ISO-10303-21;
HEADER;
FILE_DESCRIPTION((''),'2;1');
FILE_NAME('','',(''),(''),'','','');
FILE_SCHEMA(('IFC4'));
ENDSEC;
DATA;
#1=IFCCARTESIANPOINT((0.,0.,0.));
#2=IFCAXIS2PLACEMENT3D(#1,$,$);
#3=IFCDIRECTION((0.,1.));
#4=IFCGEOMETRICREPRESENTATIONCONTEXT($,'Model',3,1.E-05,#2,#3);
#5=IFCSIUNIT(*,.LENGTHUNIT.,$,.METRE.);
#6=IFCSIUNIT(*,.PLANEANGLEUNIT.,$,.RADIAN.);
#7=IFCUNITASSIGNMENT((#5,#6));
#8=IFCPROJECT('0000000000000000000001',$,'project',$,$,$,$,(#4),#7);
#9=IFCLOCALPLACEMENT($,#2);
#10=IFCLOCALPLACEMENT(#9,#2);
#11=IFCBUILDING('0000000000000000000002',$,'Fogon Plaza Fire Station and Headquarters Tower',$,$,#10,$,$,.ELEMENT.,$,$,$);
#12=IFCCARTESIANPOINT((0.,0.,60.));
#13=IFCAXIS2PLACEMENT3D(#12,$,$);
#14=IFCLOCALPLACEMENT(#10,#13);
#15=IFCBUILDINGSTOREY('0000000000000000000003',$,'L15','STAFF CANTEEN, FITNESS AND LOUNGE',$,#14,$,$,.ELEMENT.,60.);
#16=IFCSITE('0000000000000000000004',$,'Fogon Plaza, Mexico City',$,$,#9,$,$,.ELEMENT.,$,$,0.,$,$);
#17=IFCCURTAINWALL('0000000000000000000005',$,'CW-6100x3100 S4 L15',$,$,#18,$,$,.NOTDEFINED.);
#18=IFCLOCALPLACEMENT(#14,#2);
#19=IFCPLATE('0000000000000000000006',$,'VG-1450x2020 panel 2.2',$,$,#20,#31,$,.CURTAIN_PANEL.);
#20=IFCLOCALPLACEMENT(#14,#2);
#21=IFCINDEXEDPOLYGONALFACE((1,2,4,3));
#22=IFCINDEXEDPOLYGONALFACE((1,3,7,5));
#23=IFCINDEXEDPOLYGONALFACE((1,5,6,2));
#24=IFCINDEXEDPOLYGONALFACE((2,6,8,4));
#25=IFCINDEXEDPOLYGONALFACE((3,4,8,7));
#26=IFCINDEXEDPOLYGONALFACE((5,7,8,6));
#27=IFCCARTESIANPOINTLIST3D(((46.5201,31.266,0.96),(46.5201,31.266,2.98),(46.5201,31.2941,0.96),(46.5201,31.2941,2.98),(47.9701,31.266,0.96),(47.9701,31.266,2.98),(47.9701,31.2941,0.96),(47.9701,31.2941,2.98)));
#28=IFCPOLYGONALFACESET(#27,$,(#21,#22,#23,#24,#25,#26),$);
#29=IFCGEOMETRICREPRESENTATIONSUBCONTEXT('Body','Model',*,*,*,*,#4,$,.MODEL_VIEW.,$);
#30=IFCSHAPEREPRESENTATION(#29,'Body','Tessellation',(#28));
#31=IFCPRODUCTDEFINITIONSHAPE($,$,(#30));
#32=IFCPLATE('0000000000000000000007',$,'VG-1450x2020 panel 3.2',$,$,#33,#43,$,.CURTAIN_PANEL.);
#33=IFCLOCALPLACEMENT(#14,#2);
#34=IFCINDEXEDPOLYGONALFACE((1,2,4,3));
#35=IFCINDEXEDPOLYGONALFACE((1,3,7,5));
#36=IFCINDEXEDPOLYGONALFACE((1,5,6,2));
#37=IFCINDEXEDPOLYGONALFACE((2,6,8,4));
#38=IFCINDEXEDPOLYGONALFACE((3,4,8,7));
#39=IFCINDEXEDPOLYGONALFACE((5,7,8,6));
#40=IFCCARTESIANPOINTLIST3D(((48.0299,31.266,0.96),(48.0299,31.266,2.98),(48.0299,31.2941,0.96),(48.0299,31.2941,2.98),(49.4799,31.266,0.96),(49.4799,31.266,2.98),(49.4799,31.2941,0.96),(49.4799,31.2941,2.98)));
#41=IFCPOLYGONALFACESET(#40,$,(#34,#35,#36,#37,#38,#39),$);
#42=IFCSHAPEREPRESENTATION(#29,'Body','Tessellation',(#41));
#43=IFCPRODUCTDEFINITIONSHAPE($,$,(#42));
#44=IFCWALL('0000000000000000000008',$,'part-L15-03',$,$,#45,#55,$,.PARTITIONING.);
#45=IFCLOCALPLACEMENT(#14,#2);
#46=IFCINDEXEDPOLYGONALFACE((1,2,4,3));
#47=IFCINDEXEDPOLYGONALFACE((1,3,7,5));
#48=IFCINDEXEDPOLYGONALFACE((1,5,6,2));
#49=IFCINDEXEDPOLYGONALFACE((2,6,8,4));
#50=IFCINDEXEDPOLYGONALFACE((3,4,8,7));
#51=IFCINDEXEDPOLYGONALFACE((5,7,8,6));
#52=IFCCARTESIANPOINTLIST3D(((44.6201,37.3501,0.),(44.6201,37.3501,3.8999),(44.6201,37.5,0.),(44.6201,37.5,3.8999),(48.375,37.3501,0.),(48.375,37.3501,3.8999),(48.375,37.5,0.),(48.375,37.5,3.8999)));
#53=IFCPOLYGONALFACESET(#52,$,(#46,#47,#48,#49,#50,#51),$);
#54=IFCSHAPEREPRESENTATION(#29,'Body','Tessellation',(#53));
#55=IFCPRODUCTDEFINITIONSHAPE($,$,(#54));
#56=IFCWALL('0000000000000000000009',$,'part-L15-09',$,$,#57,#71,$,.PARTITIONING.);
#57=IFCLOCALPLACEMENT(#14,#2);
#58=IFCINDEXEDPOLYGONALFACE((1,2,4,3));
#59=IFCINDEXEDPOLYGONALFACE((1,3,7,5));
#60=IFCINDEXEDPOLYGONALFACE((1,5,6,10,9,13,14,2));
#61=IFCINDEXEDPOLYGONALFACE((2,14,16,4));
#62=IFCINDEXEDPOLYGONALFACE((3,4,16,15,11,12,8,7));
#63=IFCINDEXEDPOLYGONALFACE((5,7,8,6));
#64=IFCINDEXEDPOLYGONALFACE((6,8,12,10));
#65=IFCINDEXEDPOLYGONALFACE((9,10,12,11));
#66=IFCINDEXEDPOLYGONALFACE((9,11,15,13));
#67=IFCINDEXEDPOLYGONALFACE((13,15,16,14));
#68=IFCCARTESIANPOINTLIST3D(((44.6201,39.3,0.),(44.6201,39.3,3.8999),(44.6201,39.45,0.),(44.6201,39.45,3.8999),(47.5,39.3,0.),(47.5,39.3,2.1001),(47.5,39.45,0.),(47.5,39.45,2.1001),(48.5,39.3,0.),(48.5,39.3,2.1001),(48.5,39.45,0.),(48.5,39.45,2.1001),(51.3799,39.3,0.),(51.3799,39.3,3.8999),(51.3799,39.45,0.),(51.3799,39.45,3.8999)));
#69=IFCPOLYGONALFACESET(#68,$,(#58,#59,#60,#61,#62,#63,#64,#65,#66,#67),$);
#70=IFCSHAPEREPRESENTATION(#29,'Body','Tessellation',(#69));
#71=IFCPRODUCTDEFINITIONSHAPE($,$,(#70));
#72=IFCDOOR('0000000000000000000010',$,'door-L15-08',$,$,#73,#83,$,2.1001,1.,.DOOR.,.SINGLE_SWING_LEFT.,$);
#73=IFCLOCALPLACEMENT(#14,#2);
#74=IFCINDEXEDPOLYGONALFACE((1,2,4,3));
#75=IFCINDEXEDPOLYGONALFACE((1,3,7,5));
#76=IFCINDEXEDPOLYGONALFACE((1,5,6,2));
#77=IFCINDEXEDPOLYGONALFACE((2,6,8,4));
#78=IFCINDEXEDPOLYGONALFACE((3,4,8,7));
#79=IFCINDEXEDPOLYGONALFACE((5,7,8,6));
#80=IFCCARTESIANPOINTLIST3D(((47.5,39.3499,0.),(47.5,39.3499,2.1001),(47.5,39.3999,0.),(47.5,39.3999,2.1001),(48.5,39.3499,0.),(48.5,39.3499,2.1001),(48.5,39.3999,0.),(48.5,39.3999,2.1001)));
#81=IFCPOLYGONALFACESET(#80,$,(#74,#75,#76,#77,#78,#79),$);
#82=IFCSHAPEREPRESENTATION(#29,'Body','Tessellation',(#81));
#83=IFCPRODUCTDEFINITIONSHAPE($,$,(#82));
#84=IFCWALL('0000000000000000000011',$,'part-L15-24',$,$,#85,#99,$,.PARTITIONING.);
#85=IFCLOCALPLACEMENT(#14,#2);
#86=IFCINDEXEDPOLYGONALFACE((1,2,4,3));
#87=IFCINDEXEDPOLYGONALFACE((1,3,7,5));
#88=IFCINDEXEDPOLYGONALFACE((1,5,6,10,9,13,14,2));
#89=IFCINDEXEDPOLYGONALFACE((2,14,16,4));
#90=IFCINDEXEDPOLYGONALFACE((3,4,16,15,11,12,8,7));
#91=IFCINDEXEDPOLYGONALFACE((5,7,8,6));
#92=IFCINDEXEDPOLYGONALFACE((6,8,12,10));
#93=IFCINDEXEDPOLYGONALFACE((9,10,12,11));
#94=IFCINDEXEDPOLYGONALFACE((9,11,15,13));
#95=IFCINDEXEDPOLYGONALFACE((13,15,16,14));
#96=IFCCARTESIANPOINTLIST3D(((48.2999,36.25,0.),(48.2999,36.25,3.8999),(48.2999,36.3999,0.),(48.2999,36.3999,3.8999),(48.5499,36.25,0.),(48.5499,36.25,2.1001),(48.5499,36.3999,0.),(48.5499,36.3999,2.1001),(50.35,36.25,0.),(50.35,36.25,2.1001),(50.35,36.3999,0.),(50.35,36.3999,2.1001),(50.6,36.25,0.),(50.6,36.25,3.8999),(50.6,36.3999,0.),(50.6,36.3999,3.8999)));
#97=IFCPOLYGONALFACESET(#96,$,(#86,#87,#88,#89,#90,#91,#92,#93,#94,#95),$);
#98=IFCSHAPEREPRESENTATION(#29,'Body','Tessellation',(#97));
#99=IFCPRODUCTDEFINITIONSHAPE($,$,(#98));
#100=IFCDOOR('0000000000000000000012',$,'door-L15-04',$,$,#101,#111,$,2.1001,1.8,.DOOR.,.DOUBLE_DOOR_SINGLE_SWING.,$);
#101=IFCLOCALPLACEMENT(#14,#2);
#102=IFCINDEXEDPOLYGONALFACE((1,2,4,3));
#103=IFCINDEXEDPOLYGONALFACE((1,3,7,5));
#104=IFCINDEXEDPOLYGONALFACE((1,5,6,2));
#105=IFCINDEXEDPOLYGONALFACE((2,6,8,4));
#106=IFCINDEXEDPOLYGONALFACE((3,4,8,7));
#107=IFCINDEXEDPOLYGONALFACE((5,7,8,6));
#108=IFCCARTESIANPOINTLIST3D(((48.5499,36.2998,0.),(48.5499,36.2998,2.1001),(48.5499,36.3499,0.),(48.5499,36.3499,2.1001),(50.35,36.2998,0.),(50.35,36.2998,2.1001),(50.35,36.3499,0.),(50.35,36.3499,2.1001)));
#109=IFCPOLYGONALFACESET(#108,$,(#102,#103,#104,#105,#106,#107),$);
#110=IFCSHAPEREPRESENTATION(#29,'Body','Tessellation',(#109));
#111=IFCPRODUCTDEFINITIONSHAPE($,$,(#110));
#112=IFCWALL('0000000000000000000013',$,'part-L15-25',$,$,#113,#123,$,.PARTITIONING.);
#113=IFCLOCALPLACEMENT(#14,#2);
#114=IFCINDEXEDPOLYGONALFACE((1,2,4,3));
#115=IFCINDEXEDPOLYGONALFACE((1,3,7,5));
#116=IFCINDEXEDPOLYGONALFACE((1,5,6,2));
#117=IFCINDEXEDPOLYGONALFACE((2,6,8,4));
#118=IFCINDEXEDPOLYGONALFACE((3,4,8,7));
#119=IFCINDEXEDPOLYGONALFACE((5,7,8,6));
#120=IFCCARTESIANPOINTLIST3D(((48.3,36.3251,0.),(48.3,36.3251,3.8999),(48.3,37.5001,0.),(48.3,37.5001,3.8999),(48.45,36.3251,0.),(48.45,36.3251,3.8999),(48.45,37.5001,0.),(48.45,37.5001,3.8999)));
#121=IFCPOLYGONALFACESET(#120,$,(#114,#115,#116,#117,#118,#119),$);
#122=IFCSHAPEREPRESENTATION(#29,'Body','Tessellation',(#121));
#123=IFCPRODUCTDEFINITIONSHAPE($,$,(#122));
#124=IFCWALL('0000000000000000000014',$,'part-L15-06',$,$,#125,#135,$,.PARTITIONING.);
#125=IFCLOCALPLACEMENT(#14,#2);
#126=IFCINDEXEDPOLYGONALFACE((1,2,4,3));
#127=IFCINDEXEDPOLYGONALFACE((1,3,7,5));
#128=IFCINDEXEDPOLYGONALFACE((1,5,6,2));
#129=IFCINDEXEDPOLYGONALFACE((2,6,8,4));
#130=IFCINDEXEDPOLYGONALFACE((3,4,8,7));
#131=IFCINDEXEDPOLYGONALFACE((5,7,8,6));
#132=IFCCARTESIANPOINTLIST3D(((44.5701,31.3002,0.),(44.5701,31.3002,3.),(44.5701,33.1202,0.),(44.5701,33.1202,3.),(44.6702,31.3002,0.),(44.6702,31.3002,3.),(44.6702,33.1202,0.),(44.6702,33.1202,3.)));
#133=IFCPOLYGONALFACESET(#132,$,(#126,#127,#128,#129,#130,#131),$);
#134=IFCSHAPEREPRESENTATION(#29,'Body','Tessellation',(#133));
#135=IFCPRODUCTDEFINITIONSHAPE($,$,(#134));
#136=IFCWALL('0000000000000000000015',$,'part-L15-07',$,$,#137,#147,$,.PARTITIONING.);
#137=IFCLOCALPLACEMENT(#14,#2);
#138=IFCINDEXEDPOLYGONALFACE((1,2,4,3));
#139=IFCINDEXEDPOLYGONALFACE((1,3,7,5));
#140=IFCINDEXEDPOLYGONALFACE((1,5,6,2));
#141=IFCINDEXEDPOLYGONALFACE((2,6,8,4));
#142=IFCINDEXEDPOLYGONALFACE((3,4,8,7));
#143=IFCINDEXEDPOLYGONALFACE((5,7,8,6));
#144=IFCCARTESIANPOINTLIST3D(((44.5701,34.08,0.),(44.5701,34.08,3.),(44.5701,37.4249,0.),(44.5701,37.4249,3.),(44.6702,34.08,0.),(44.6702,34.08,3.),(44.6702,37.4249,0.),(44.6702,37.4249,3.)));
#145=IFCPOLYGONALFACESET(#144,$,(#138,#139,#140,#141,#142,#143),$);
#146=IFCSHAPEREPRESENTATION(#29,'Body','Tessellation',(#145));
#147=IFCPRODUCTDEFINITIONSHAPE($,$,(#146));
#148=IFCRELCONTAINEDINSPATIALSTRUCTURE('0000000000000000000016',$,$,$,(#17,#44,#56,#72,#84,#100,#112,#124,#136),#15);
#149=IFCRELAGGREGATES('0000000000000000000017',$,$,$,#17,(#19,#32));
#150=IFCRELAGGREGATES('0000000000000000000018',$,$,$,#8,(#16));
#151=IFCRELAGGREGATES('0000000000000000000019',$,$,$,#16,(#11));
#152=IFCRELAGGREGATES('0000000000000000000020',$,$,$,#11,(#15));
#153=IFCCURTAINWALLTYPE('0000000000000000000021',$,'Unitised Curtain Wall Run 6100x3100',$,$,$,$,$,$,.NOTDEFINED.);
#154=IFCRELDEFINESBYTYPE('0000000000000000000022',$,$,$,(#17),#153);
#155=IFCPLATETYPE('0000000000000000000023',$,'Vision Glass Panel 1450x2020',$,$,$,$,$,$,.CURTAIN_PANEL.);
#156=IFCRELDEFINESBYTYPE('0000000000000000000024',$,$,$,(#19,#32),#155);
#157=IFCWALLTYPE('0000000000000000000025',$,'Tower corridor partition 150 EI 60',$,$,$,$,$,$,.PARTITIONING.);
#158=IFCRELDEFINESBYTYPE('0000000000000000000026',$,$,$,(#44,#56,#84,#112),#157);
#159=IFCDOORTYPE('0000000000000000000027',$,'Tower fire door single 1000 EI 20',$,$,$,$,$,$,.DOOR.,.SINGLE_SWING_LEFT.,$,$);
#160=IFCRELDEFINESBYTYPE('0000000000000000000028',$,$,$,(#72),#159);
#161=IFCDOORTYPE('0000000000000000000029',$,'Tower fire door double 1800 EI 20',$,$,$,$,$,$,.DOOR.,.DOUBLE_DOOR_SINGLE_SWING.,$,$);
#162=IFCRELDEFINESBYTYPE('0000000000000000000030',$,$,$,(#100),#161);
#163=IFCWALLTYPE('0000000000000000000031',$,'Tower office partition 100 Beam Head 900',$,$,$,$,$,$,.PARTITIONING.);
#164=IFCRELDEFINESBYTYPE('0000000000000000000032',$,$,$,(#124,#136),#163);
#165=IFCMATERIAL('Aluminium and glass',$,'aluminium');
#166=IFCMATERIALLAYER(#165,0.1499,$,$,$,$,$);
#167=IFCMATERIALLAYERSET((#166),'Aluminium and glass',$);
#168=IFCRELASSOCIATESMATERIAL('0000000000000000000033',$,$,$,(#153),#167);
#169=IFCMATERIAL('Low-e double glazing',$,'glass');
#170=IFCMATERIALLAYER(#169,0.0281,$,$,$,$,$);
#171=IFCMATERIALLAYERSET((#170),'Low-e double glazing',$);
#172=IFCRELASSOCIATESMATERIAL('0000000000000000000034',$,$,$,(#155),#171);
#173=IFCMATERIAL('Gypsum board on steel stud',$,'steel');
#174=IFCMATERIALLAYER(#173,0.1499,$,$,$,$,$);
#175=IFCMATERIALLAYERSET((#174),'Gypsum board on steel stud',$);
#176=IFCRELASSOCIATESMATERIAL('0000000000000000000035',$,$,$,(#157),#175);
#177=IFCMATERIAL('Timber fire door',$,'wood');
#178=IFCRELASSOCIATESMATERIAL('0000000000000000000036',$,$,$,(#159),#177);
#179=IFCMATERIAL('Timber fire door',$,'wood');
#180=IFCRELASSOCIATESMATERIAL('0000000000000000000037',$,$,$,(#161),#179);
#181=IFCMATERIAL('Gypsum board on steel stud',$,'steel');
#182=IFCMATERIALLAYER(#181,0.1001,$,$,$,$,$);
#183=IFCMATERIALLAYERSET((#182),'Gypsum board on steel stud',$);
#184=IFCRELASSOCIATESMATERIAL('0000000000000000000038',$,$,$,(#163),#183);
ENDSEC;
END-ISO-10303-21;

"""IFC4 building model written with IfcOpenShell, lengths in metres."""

from ifc_helpers import new_model, si_unit, direction, frame, frame_2d, origin, origin_2d, place, context, subcontext, project, spatial, rectangle, extrude, material, layer, layer_set, type_object, element, fill, aggregate, save


model = new_model("IFC4")

# Units and contexts
model_context = context("Model", 3, precision=1e-05, world=origin(), true_north=direction((0.0, 1.0)))
body_context = subcontext(model_context, "Body", "Model", "MODEL_VIEW")
ifc_project = project(units=[si_unit("LENGTHUNIT", "METRE"), si_unit("PLANEANGLEUNIT", "RADIAN")], contexts=[model_context])

# Site, building, storey
site_placement = place(None, origin())
site = spatial("IfcSite", under=ifc_project, at=site_placement, Name="Fogon Plaza, Mexico City", CompositionType="ELEMENT", RefElevation=0.0)
building_placement = place(site_placement, origin())
building = spatial("IfcBuilding", under=site, at=building_placement, Name="Fogon Plaza Fire Station and Headquarters Tower", CompositionType="ELEMENT")
storey_placement = place(building_placement, frame((0.0, 0.0, 60.0)))
storey = spatial("IfcBuildingStorey", under=building, at=storey_placement, Name="L15", Description="STAFF CANTEEN, FITNESS AND LOUNGE", CompositionType="ELEMENT", Elevation=60.0)

# Shared definitions
ifc_material_1 = material(Name="Aluminium and glass", Category="aluminium")
ifc_layer_1 = layer(ifc_material_1, 0.1499)
ifc_layer_set_1 = layer_set([ifc_layer_1], Name="Aluminium and glass")
curtain_wall_type = type_object("IfcCurtainWallType", Name="Unitised Curtain Wall Run 6100x3100", PredefinedType="NOTDEFINED", material=ifc_layer_set_1)

# Curtain wall
curtain_wall_1_placement = place(storey_placement, origin())
curtain_wall_1 = element("IfcCurtainWall", 1, at=curtain_wall_1_placement, inside=storey, type_object=curtain_wall_type, Name="CW-6100x3100 S4 L15", PredefinedType="NOTDEFINED")

# Plates
ifc_material_2 = material(Name="Low-e double glazing", Category="glass")
ifc_layer_2 = layer(ifc_material_2, 0.0281)
ifc_layer_set_2 = layer_set([ifc_layer_2], Name="Low-e double glazing")
plate_type_1 = type_object("IfcPlateType", Name="Vision Glass Panel 1450x2020", PredefinedType="CURTAIN_PANEL", material=ifc_layer_set_2)
plate_1_placement = place(storey_placement, frame((47.2451, 31.28, 0.96), z_axis=(0.0, 0.0, 1.0), x_axis=(1.0, 0.0, 0.0)))
plate_1 = element("IfcPlate", 2, at=plate_1_placement, type_object=plate_type_1, Name="VG-1450x2020 panel 2.2", PredefinedType="CURTAIN_PANEL", context=body_context, shape_type="SweptSolid", body=[
    extrude(rectangle(XDim=1.45, YDim=0.0281, at=origin_2d()), origin(), (0.0, 0.0, 1.0), 2.02),
])
plate_2_placement = place(storey_placement, frame((48.7549, 31.28, 0.96), z_axis=(0.0, 0.0, 1.0), x_axis=(1.0, 0.0, 0.0)))
plate_2 = element("IfcPlate", 3, at=plate_2_placement, type_object=plate_type_1, Name="VG-1450x2020 panel 3.2", PredefinedType="CURTAIN_PANEL", context=body_context, shape_type="SweptSolid", body=[
    extrude(rectangle(XDim=1.45, YDim=0.0281, at=origin_2d()), origin(), (0.0, 0.0, 1.0), 2.02),
])
aggregate(curtain_wall_1, [plate_1, plate_2])

# Wall
ifc_material_3 = material(Name="Gypsum board on steel stud", Category="steel")
ifc_layer_3 = layer(ifc_material_3, 0.1499)
ifc_layer_set_3 = layer_set([ifc_layer_3], Name="Gypsum board on steel stud")
wall_type_1 = type_object("IfcWallType", Name="Tower corridor partition 150 EI 60", PredefinedType="PARTITIONING", material=ifc_layer_set_3)
wall_1_placement = place(storey_placement, frame((44.6201, 37.425, 0.0), z_axis=(0.0, 0.0, 1.0), x_axis=(1.0, 0.0, 0.0)))
element("IfcWall", 4, at=wall_1_placement, inside=storey, type_object=wall_type_1, Name="part-L15-03", PredefinedType="PARTITIONING", context=body_context, shape_type="SweptSolid", body=[
    extrude(rectangle(XDim=3.7549, YDim=0.1499, at=frame_2d((1.8774, 0.0))), origin(), (0.0, 0.0, 1.0), 3.8999),
])

# Walls, openings, doors
wall_2_placement = place(storey_placement, frame((44.6201, 39.375, 0.0), z_axis=(0.0, 0.0, 1.0), x_axis=(1.0, 0.0, 0.0)))
wall_2 = element("IfcWall", 5, at=wall_2_placement, inside=storey, type_object=wall_type_1, Name="part-L15-09", PredefinedType="PARTITIONING", context=body_context, shape_type="SweptSolid", body=[
    extrude(rectangle(XDim=6.7598, YDim=0.1499, at=frame_2d((3.3799, 0.0))), origin(), (0.0, 0.0, 1.0), 3.8999),
])
opening_1_placement = place(wall_2_placement, frame((2.8799, 0.0, 0.0)))
opening_1 = element("IfcOpeningElement", 6, at=opening_1_placement, cuts=wall_2, PredefinedType="OPENING", context=body_context, shape_type="SweptSolid", body=[
    extrude(rectangle(XDim=1.0, YDim=2.1001, at=frame_2d((0.5, 1.05))), frame((0.0, 0.085, 0.0), z_axis=(0.0, -1.0, 0.0), x_axis=(1.0, 0.0, 0.0)), (0.0, 0.0, 1.0), 0.1699),
])
ifc_material_4 = material(Name="Timber fire door", Category="wood")
door_type_1 = type_object("IfcDoorType", Name="Tower fire door single 1000 EI 20", OperationType="SINGLE_SWING_LEFT", PredefinedType="DOOR", material=ifc_material_4)
door_1_placement = place(opening_1_placement, origin())
door_1 = element("IfcDoor", 7, at=door_1_placement, inside=storey, type_object=door_type_1, Name="door-L15-08", OperationType="SINGLE_SWING_LEFT", OverallHeight=2.1001, OverallWidth=1.0, PredefinedType="DOOR", context=body_context, shape_type="SweptSolid", body=[
    extrude(rectangle(XDim=1.0, YDim=2.1001, at=frame_2d((0.5, 1.05))), frame((0.0, 0.0249, 0.0), z_axis=(0.0, -1.0, 0.0), x_axis=(1.0, 0.0, 0.0)), (0.0, 0.0, 1.0), 0.05),
])
fill(opening_1, door_1)
wall_3_placement = place(storey_placement, frame((48.3, 36.325, 0.0), z_axis=(0.0, 0.0, 1.0), x_axis=(1.0, 0.0, 0.0)))
wall_3 = element("IfcWall", 8, at=wall_3_placement, inside=storey, type_object=wall_type_1, Name="part-L15-24", PredefinedType="PARTITIONING", context=body_context, shape_type="SweptSolid", body=[
    extrude(rectangle(XDim=2.3, YDim=0.1499, at=frame_2d((1.1499, 0.0))), origin(), (0.0, 0.0, 1.0), 3.8999),
])
opening_2_placement = place(wall_3_placement, frame((0.25, 0.0, 0.0)))
opening_2 = element("IfcOpeningElement", 9, at=opening_2_placement, cuts=wall_3, PredefinedType="OPENING", context=body_context, shape_type="SweptSolid", body=[
    extrude(rectangle(XDim=1.8, YDim=2.1001, at=frame_2d((0.8999, 1.05))), frame((0.0, 0.085, 0.0), z_axis=(0.0, -1.0, 0.0), x_axis=(1.0, 0.0, 0.0)), (0.0, 0.0, 1.0), 0.1699),
])
ifc_material_5 = material(Name="Timber fire door", Category="wood")
door_type_2 = type_object("IfcDoorType", Name="Tower fire door double 1800 EI 20", OperationType="DOUBLE_DOOR_SINGLE_SWING", PredefinedType="DOOR", material=ifc_material_5)
door_2_placement = place(opening_2_placement, origin())
door_2 = element("IfcDoor", 10, at=door_2_placement, inside=storey, type_object=door_type_2, Name="door-L15-04", OperationType="DOUBLE_DOOR_SINGLE_SWING", OverallHeight=2.1001, OverallWidth=1.8, PredefinedType="DOOR", context=body_context, shape_type="SweptSolid", body=[
    extrude(rectangle(XDim=1.8, YDim=2.1001, at=frame_2d((0.8999, 1.05))), frame((0.0, 0.0249, 0.0), z_axis=(0.0, -1.0, 0.0), x_axis=(1.0, 0.0, 0.0)), (0.0, 0.0, 1.0), 0.05),
])
fill(opening_2, door_2)

# Walls
wall_4_placement = place(storey_placement, frame((48.375, 37.5, 0.0), z_axis=(0.0, 0.0, 1.0), x_axis=(0.0, -1.0, 0.0)))
element("IfcWall", 11, at=wall_4_placement, inside=storey, type_object=wall_type_1, Name="part-L15-25", PredefinedType="PARTITIONING", context=body_context, shape_type="SweptSolid", body=[
    extrude(rectangle(XDim=1.175, YDim=0.1499, at=frame_2d((0.5874, 0.0))), origin(), (0.0, 0.0, 1.0), 3.8999),
])
ifc_material_6 = material(Name="Gypsum board on steel stud", Category="steel")
ifc_layer_4 = layer(ifc_material_6, 0.1001)
ifc_layer_set_4 = layer_set([ifc_layer_4], Name="Gypsum board on steel stud")
wall_type_2 = type_object("IfcWallType", Name="Tower office partition 100 Beam Head 900", PredefinedType="PARTITIONING", material=ifc_layer_set_4)
wall_5_placement = place(storey_placement, frame((44.6201, 31.3, 0.0), z_axis=(0.0, 0.0, 1.0), x_axis=(0.0, 1.0, 0.0)))
element("IfcWall", 12, at=wall_5_placement, inside=storey, type_object=wall_type_2, Name="part-L15-06", PredefinedType="PARTITIONING", context=body_context, shape_type="SweptSolid", body=[
    extrude(rectangle(XDim=1.8201, YDim=0.1001, at=frame_2d((0.9102, 0.0))), origin(), (0.0, 0.0, 1.0), 3.0),
])
wall_6_placement = place(storey_placement, frame((44.6201, 34.0801, 0.0), z_axis=(0.0, 0.0, 1.0), x_axis=(0.0, 1.0, 0.0)))
element("IfcWall", 13, at=wall_6_placement, inside=storey, type_object=wall_type_2, Name="part-L15-07", PredefinedType="PARTITIONING", context=body_context, shape_type="SweptSolid", body=[
    extrude(rectangle(XDim=3.345, YDim=0.1001, at=frame_2d((1.6724, 0.0))), origin(), (0.0, 0.0, 1.0), 3.0),
])

save(model, "model.ifc")
